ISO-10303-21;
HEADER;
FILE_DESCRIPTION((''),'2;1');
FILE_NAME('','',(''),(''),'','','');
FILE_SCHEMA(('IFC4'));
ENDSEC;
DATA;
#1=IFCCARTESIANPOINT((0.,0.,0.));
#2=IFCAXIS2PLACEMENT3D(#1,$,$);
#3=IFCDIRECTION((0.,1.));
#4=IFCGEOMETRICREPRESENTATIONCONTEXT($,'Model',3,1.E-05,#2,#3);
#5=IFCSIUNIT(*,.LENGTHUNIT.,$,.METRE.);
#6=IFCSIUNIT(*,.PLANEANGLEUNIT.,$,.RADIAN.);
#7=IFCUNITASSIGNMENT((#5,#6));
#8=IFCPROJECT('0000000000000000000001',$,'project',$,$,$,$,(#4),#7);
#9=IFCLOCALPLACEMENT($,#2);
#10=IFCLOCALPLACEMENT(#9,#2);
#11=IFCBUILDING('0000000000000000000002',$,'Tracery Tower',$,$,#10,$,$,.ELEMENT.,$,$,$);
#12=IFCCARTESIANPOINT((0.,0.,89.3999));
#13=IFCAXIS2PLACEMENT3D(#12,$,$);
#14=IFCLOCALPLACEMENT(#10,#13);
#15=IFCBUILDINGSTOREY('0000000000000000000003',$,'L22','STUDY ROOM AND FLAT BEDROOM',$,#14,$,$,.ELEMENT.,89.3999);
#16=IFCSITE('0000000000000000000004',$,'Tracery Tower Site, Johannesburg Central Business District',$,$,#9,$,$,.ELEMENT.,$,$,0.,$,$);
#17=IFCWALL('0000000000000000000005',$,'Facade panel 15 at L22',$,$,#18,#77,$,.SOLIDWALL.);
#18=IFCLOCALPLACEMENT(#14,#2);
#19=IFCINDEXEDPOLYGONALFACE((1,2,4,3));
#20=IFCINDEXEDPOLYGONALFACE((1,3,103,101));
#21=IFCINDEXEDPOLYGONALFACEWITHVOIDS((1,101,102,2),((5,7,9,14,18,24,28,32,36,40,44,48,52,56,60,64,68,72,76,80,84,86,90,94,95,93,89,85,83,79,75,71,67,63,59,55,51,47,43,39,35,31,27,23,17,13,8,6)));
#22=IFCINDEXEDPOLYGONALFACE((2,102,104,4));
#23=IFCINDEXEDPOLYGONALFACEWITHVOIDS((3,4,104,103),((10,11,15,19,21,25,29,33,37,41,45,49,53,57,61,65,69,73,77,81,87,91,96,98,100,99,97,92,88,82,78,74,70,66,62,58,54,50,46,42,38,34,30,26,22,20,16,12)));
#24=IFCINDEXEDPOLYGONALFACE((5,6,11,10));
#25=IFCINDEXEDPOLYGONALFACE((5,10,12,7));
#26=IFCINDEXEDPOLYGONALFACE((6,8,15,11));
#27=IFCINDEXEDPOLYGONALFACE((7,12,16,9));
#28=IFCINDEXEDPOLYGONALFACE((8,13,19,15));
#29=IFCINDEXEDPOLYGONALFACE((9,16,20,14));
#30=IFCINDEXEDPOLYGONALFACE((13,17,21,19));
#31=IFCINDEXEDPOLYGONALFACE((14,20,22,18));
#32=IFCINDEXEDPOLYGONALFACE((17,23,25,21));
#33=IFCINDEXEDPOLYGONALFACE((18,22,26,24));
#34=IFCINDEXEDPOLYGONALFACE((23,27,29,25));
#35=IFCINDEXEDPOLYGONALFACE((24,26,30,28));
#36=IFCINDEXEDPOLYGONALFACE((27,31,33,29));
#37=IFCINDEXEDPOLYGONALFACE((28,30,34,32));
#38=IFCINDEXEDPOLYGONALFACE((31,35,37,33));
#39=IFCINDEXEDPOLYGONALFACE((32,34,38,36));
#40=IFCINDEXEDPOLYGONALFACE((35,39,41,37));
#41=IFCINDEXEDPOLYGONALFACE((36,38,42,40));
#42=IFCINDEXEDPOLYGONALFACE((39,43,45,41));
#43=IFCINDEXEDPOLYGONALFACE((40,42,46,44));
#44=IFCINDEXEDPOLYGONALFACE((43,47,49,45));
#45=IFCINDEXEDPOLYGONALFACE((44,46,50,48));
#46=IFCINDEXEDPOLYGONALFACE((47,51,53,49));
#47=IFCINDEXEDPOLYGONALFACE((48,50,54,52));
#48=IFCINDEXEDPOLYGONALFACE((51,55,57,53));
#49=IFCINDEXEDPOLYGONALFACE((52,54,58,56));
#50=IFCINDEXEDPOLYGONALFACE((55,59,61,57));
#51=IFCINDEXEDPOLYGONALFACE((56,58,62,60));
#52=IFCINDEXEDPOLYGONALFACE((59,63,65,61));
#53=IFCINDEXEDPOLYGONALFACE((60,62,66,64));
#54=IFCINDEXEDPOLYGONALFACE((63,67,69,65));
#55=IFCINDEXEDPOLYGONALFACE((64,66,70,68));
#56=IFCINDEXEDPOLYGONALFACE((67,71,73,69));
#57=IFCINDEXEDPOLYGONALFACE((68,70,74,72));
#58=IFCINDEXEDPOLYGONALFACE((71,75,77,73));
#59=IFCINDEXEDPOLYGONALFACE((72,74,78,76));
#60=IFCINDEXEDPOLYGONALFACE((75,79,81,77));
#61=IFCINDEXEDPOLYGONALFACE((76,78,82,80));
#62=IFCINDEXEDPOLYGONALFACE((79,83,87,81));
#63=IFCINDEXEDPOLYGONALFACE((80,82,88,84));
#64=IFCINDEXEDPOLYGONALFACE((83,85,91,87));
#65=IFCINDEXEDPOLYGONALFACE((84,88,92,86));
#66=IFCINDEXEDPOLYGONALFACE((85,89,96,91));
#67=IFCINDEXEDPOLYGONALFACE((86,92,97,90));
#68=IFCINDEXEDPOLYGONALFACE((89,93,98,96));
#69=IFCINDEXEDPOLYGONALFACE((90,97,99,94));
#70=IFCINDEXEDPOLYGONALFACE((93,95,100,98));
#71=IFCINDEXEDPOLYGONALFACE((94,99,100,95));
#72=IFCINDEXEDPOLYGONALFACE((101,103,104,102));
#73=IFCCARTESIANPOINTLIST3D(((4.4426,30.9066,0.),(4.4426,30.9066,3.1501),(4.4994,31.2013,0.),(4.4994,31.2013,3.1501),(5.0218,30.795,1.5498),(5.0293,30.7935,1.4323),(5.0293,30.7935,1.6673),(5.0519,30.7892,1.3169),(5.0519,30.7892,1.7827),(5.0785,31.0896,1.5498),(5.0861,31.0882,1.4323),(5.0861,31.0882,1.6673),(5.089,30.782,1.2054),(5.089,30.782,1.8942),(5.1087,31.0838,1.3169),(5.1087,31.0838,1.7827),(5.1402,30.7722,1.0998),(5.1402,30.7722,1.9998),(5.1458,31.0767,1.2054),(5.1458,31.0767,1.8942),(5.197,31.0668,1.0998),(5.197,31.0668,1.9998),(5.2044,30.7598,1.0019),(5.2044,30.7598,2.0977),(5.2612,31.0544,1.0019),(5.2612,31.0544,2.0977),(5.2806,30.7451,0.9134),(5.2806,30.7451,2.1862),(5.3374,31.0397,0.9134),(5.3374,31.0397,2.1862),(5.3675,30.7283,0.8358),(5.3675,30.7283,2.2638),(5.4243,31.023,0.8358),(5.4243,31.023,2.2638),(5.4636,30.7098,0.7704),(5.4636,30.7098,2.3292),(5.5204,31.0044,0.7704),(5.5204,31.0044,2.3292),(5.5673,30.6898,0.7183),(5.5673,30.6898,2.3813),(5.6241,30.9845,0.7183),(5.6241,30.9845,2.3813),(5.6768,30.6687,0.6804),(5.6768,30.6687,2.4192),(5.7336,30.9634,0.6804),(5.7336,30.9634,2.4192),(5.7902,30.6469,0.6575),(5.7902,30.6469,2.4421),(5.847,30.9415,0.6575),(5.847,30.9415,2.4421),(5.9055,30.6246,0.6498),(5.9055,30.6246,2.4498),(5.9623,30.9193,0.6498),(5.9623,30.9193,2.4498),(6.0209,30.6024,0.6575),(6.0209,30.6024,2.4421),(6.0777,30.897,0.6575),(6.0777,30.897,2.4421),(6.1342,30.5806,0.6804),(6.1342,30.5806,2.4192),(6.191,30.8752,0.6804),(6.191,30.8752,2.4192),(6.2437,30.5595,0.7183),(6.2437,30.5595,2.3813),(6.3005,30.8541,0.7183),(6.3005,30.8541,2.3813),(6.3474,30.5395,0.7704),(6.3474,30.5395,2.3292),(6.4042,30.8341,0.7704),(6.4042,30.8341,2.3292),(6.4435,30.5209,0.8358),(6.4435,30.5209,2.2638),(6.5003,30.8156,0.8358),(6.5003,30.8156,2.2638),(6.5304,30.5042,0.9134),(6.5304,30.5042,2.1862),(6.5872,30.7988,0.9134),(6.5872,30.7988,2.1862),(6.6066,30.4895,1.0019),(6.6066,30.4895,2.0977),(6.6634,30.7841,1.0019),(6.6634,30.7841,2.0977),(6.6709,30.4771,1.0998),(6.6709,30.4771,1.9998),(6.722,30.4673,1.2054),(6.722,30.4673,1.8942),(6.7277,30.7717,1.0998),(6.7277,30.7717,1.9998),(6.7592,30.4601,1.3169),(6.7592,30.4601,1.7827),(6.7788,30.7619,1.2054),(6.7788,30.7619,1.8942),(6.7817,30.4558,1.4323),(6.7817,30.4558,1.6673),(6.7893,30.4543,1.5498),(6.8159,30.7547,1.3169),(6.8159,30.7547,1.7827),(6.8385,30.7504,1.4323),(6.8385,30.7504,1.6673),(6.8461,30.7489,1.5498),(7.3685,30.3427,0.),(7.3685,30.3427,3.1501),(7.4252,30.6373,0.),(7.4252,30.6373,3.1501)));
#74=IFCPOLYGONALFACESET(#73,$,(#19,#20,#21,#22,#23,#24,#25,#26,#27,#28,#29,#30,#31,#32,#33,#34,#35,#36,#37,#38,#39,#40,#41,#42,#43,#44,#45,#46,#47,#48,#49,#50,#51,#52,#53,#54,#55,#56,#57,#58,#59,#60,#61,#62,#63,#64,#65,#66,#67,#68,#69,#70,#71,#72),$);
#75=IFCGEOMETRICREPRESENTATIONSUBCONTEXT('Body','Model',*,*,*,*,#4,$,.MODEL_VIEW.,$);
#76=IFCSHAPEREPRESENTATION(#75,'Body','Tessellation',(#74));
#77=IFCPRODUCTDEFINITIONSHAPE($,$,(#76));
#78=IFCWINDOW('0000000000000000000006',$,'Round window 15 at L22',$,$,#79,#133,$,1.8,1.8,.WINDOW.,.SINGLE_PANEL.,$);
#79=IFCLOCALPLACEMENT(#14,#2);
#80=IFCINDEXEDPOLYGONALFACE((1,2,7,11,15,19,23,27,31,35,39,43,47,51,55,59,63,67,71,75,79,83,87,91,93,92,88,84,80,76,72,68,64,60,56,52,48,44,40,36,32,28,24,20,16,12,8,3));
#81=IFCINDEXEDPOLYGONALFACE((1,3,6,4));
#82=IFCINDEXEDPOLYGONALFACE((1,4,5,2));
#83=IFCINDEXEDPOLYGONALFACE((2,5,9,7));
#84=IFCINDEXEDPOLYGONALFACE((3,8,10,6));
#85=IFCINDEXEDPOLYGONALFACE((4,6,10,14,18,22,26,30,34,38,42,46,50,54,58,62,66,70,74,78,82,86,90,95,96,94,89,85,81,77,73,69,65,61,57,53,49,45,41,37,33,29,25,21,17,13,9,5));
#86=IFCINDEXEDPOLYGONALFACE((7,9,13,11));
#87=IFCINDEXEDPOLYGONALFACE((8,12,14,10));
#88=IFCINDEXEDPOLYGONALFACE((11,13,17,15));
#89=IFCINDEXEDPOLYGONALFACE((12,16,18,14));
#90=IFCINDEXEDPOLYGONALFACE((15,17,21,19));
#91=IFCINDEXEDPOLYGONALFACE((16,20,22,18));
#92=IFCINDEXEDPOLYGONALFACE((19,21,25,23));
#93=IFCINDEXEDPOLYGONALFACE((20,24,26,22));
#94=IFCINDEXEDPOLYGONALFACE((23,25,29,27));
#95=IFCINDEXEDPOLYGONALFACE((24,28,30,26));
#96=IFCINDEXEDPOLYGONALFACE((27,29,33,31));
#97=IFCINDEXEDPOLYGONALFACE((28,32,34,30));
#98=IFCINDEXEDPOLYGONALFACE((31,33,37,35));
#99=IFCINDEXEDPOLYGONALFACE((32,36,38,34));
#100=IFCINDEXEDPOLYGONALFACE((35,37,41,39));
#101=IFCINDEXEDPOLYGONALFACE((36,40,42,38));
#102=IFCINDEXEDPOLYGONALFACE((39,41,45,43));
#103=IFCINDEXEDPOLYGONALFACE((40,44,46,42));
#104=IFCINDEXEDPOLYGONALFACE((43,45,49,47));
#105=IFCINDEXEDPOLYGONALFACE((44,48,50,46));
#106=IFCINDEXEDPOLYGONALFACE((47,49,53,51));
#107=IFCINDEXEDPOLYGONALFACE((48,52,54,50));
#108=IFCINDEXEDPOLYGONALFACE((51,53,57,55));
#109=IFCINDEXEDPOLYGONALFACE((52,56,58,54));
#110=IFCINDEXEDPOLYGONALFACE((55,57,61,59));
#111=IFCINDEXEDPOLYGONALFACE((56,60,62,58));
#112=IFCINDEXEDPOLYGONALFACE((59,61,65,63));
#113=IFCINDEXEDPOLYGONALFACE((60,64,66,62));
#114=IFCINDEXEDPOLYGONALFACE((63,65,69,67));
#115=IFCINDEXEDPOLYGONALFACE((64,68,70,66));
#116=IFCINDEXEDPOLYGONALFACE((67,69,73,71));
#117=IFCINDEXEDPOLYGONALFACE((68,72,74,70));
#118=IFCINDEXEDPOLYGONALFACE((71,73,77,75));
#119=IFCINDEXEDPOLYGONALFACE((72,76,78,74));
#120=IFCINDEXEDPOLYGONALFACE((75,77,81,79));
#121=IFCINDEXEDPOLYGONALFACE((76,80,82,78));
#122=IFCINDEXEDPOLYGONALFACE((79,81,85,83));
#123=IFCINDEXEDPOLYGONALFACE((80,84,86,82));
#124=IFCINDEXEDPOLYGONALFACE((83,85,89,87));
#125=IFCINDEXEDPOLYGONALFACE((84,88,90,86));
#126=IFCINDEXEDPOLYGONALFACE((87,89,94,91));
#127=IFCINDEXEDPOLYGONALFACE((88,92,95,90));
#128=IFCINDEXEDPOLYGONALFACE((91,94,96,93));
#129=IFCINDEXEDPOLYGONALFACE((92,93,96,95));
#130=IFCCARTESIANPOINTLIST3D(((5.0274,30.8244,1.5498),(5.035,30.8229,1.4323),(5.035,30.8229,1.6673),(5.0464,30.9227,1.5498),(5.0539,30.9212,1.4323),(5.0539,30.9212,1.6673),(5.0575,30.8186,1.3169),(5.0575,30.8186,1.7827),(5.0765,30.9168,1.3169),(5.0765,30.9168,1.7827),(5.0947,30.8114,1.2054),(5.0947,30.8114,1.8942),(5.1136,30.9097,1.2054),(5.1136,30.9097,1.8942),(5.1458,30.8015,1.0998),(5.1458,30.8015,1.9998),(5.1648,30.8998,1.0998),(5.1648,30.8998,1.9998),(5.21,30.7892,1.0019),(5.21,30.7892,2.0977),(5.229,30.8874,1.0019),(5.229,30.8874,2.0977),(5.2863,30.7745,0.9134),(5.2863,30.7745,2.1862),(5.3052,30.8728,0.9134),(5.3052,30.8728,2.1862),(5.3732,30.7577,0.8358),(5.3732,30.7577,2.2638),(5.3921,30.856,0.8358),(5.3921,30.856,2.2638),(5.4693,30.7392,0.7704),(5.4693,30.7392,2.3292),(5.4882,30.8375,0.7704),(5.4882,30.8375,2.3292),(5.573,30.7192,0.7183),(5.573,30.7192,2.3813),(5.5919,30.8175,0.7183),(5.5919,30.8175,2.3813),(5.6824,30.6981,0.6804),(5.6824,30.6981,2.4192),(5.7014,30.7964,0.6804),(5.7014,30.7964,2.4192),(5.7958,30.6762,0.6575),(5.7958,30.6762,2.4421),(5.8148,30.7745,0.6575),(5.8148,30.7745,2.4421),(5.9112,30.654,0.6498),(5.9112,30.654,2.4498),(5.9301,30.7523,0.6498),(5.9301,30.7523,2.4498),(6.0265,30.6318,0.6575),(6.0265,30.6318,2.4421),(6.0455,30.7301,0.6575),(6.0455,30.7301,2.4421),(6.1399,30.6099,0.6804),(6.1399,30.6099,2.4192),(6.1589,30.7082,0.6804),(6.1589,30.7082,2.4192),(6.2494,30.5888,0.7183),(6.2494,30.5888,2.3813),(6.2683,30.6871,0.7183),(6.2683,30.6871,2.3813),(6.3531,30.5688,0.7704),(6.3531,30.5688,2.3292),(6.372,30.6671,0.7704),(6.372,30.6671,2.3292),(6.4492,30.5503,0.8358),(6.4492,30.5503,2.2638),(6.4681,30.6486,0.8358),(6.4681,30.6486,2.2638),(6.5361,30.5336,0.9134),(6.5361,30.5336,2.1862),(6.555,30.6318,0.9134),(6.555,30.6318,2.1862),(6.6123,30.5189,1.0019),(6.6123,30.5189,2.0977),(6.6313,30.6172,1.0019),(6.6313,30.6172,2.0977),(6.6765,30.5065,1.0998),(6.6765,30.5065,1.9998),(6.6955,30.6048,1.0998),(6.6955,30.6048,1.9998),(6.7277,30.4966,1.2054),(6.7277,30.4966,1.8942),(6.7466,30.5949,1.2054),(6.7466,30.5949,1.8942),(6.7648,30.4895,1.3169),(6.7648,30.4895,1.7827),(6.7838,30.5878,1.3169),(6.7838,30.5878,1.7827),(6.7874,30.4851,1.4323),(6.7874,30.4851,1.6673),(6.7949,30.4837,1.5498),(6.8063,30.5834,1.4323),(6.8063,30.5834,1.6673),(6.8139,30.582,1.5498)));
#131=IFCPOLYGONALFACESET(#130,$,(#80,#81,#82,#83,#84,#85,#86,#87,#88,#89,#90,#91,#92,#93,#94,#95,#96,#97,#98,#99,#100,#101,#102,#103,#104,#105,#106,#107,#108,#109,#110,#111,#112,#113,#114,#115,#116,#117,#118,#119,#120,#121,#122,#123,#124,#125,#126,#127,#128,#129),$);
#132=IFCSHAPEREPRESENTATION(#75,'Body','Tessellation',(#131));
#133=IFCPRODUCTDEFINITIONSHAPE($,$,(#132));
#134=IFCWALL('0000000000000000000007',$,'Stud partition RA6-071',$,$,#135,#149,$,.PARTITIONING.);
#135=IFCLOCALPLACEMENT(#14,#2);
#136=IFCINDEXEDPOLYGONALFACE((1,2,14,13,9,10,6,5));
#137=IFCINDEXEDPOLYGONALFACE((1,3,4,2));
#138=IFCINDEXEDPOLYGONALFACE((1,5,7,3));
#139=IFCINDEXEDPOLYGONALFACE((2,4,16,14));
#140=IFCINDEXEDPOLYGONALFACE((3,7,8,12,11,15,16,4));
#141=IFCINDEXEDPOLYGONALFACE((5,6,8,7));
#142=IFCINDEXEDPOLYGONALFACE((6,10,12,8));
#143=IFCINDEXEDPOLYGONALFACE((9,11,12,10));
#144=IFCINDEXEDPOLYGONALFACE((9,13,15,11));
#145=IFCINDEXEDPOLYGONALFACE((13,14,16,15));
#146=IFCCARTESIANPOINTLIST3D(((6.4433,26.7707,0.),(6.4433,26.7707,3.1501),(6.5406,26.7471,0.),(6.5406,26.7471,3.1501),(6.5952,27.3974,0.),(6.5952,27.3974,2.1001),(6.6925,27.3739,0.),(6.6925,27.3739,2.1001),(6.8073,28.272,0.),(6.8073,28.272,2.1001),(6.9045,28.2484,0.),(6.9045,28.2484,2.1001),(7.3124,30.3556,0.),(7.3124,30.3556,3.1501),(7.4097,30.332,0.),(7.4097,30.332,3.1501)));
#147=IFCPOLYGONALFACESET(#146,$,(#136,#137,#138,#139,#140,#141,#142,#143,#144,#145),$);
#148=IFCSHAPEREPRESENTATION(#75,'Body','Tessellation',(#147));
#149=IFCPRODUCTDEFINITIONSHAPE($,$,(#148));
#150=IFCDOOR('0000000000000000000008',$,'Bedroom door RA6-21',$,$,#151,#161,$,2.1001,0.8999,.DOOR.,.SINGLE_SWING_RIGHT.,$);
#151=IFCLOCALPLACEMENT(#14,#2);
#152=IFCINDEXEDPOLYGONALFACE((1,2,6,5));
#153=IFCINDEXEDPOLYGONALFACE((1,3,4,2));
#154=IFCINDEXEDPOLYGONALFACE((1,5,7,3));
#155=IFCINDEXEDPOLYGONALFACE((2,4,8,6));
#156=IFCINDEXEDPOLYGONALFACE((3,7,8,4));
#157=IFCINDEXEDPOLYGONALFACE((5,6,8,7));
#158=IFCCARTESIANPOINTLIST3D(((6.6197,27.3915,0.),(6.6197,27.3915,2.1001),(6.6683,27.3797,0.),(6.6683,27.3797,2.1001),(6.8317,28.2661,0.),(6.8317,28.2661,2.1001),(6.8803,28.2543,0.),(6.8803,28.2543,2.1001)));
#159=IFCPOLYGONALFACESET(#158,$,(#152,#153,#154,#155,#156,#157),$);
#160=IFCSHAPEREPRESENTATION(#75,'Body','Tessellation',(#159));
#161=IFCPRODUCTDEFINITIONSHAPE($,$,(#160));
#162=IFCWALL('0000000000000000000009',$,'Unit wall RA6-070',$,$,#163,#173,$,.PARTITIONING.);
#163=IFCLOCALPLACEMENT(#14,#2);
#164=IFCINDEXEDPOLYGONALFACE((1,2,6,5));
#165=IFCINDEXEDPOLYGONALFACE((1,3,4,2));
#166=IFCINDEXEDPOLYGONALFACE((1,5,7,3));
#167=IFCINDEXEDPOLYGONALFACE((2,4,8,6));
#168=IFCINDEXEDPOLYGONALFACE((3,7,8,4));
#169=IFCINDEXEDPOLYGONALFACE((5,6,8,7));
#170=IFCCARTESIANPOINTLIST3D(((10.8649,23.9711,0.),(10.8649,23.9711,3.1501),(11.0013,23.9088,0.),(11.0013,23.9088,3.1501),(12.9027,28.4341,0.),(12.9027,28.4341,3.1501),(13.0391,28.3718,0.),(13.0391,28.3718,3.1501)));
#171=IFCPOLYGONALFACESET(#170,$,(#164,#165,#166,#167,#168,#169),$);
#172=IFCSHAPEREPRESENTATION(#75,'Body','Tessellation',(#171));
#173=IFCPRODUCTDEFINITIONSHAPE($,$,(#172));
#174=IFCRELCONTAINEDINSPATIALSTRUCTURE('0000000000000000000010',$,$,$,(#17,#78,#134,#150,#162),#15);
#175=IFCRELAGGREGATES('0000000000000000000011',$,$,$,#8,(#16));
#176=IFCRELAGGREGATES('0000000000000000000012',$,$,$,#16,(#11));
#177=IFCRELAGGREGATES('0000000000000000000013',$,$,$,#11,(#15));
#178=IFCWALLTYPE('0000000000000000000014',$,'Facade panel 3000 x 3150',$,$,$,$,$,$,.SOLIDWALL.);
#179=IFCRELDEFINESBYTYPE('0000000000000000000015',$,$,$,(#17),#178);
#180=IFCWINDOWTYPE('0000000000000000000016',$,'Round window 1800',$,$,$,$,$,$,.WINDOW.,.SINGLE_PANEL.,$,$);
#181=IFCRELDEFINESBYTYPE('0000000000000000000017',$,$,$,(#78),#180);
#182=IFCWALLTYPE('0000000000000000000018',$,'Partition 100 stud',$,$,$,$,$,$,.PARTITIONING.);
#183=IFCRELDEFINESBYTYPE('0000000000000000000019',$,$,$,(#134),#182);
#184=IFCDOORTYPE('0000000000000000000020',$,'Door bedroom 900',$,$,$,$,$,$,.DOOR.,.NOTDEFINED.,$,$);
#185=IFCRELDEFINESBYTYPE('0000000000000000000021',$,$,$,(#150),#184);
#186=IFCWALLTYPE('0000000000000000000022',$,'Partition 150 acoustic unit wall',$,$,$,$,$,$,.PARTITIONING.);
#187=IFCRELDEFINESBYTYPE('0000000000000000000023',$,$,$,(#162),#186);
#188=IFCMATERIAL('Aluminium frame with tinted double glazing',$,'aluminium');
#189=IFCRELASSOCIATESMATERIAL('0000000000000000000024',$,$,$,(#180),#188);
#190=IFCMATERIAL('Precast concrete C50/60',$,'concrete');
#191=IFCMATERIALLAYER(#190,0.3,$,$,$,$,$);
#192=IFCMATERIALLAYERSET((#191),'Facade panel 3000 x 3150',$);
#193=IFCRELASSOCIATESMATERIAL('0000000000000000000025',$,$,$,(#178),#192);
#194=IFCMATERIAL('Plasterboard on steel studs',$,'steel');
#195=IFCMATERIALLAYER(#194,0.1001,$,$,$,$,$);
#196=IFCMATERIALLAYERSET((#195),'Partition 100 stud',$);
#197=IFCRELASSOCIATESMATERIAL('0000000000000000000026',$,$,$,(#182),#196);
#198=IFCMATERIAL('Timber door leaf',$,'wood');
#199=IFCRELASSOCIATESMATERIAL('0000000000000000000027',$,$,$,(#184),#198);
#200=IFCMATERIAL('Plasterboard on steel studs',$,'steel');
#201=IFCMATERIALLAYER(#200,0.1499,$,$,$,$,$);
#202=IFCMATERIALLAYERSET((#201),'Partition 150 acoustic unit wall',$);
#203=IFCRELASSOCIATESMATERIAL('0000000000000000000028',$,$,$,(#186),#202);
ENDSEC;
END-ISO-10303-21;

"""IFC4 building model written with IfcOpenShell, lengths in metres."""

from ifc_helpers import new_model, si_unit, direction, frame, frame_2d, origin, origin_2d, place, context, subcontext, project, spatial, rectangle, circle, extrude, material, layer, layer_set, type_object, element, fill, save


model = new_model("IFC4")

# Units and contexts
model_context = context("Model", 3, precision=1e-05, world=origin(), true_north=direction((0.0, 1.0)))
body_context = subcontext(model_context, "Body", "Model", "MODEL_VIEW")
ifc_project = project(units=[si_unit("LENGTHUNIT", "METRE"), si_unit("PLANEANGLEUNIT", "RADIAN")], contexts=[model_context])

# Site, building, storey
site_placement = place(None, origin())
site = spatial("IfcSite", under=ifc_project, at=site_placement, Name="Tracery Tower Site, Johannesburg Central Business District", CompositionType="ELEMENT", RefElevation=0.0)
building_placement = place(site_placement, origin())
building = spatial("IfcBuilding", under=site, at=building_placement, Name="Tracery Tower", CompositionType="ELEMENT")
storey_placement = place(building_placement, frame((0.0, 0.0, 89.3999)))
storey = spatial("IfcBuildingStorey", under=building, at=storey_placement, Name="L22", Description="STUDY ROOM AND FLAT BEDROOM", CompositionType="ELEMENT", Elevation=89.3999)

# Wall, opening, window
ifc_material_1 = material(Name="Aluminium frame with tinted double glazing", Category="aluminium")
window_type = type_object("IfcWindowType", Name="Round window 1800", PartitioningType="SINGLE_PANEL", PredefinedType="WINDOW", material=ifc_material_1)
ifc_material_2 = material(Name="Precast concrete C50/60", Category="concrete")
ifc_layer_1 = layer(ifc_material_2, 0.3)
ifc_layer_set_1 = layer_set([ifc_layer_1], Name="Facade panel 3000 x 3150")
wall_type_1 = type_object("IfcWallType", Name="Facade panel 3000 x 3150", PredefinedType="SOLIDWALL", material=ifc_layer_set_1)
wall_1_placement = place(storey_placement, frame((7.3967, 30.49, 0.0), z_axis=(0.0, 0.0, 1.0), x_axis=(-0.981925, 0.189273, 0.0)))
wall_1 = element("IfcWall", 1, at=wall_1_placement, inside=storey, type_object=wall_type_1, Name="Facade panel 15 at L22", PredefinedType="SOLIDWALL", context=body_context, shape_type="SweptSolid", body=[
    extrude(rectangle(XDim=2.9797, YDim=0.3, at=frame_2d((1.4897, 0.0))), origin(), (0.0, 0.0, 1.0), 3.1501),
])
opening_1_placement = place(wall_1_placement, frame((1.4897, 0.0, 1.5498)))
opening_1 = element("IfcOpeningElement", 2, at=opening_1_placement, cuts=wall_1, PredefinedType="OPENING", context=body_context, shape_type="SweptSolid", body=[
    extrude(circle(Radius=0.9, at=origin_2d()), frame((0.0, 0.1599, 0.0), z_axis=(0.0, -1.0, 0.0), x_axis=(1.0, 0.0, 0.0)), (0.0, 0.0, 1.0), 0.3201),
])
window_1_placement = place(opening_1_placement, origin())
window_1 = element("IfcWindow", 3, at=window_1_placement, inside=storey, type_object=window_type, Name="Round window 15 at L22", OverallHeight=1.8, OverallWidth=1.8, PartitioningType="SINGLE_PANEL", PredefinedType="WINDOW", context=body_context, shape_type="SweptSolid", body=[
    extrude(circle(Radius=0.9, at=origin_2d()), frame((0.0, 0.1201, 0.0), z_axis=(0.0, -1.0, 0.0), x_axis=(1.0, 0.0, 0.0)), (0.0, 0.0, 1.0), 0.1001),
])
fill(opening_1, window_1)

# Wall, opening, door
ifc_material_3 = material(Name="Plasterboard on steel studs", Category="steel")
ifc_layer_2 = layer(ifc_material_3, 0.1001)
ifc_layer_set_2 = layer_set([ifc_layer_2], Name="Partition 100 stud")
wall_type_2 = type_object("IfcWallType", Name="Partition 100 stud", PredefinedType="PARTITIONING", material=ifc_layer_set_2)
wall_2_placement = place(storey_placement, frame((6.4919, 26.759, 0.0), z_axis=(0.0, 0.0, 1.0), x_axis=(0.235615, 0.971846, 0.0)))
wall_2 = element("IfcWall", 4, at=wall_2_placement, inside=storey, type_object=wall_type_2, Name="Stud partition RA6-071", PredefinedType="PARTITIONING", context=body_context, shape_type="SweptSolid", body=[
    extrude(rectangle(XDim=3.6887, YDim=0.1001, at=frame_2d((1.8442, 0.0))), origin(), (0.0, 0.0, 1.0), 3.1501),
])
opening_2_placement = place(wall_2_placement, frame((0.6448, 0.0, 0.0)))
opening_2 = element("IfcOpeningElement", 5, at=opening_2_placement, cuts=wall_2, PredefinedType="OPENING", context=body_context, shape_type="SweptSolid", body=[
    extrude(rectangle(XDim=0.8999, YDim=2.1001, at=frame_2d((0.45, 1.05))), frame((0.0, 0.05, 0.0), z_axis=(0.0, -1.0, 0.0), x_axis=(1.0, 0.0, 0.0)), (0.0, 0.0, 1.0), 0.1001),
])
ifc_material_4 = material(Name="Timber door leaf", Category="wood")
door_type_1 = type_object("IfcDoorType", Name="Door bedroom 900", OperationType="NOTDEFINED", PredefinedType="DOOR", material=ifc_material_4)
door_1_placement = place(opening_2_placement, origin())
door_1 = element("IfcDoor", 6, at=door_1_placement, inside=storey, type_object=door_type_1, Name="Bedroom door RA6-21", OperationType="SINGLE_SWING_RIGHT", OverallHeight=2.1001, OverallWidth=0.8999, PredefinedType="DOOR", context=body_context, shape_type="SweptSolid", body=[
    extrude(rectangle(XDim=0.8999, YDim=2.1001, at=frame_2d((0.45, 1.05))), frame((0.0, 0.0249, 0.0), z_axis=(0.0, -1.0, 0.0), x_axis=(1.0, 0.0, 0.0)), (0.0, 0.0, 1.0), 0.05),
])
fill(opening_2, door_1)

# Wall
ifc_material_5 = material(Name="Plasterboard on steel studs", Category="steel")
ifc_layer_3 = layer(ifc_material_5, 0.1499)
ifc_layer_set_3 = layer_set([ifc_layer_3], Name="Partition 150 acoustic unit wall")
wall_type_3 = type_object("IfcWallType", Name="Partition 150 acoustic unit wall", PredefinedType="PARTITIONING", material=ifc_layer_set_3)
wall_3_placement = place(storey_placement, frame((10.9331, 23.9399, 0.0), z_axis=(0.0, 0.0, 1.0), x_axis=(0.415347, 0.909663, 0.0)))
element("IfcWall", 7, at=wall_3_placement, inside=storey, type_object=wall_type_3, Name="Unit wall RA6-070", PredefinedType="PARTITIONING", context=body_context, shape_type="SweptSolid", body=[
    extrude(rectangle(XDim=4.9062, YDim=0.1499, at=frame_2d((2.4531, 0.0))), origin(), (0.0, 0.0, 1.0), 3.1501),
])

save(model, "model.ifc")
